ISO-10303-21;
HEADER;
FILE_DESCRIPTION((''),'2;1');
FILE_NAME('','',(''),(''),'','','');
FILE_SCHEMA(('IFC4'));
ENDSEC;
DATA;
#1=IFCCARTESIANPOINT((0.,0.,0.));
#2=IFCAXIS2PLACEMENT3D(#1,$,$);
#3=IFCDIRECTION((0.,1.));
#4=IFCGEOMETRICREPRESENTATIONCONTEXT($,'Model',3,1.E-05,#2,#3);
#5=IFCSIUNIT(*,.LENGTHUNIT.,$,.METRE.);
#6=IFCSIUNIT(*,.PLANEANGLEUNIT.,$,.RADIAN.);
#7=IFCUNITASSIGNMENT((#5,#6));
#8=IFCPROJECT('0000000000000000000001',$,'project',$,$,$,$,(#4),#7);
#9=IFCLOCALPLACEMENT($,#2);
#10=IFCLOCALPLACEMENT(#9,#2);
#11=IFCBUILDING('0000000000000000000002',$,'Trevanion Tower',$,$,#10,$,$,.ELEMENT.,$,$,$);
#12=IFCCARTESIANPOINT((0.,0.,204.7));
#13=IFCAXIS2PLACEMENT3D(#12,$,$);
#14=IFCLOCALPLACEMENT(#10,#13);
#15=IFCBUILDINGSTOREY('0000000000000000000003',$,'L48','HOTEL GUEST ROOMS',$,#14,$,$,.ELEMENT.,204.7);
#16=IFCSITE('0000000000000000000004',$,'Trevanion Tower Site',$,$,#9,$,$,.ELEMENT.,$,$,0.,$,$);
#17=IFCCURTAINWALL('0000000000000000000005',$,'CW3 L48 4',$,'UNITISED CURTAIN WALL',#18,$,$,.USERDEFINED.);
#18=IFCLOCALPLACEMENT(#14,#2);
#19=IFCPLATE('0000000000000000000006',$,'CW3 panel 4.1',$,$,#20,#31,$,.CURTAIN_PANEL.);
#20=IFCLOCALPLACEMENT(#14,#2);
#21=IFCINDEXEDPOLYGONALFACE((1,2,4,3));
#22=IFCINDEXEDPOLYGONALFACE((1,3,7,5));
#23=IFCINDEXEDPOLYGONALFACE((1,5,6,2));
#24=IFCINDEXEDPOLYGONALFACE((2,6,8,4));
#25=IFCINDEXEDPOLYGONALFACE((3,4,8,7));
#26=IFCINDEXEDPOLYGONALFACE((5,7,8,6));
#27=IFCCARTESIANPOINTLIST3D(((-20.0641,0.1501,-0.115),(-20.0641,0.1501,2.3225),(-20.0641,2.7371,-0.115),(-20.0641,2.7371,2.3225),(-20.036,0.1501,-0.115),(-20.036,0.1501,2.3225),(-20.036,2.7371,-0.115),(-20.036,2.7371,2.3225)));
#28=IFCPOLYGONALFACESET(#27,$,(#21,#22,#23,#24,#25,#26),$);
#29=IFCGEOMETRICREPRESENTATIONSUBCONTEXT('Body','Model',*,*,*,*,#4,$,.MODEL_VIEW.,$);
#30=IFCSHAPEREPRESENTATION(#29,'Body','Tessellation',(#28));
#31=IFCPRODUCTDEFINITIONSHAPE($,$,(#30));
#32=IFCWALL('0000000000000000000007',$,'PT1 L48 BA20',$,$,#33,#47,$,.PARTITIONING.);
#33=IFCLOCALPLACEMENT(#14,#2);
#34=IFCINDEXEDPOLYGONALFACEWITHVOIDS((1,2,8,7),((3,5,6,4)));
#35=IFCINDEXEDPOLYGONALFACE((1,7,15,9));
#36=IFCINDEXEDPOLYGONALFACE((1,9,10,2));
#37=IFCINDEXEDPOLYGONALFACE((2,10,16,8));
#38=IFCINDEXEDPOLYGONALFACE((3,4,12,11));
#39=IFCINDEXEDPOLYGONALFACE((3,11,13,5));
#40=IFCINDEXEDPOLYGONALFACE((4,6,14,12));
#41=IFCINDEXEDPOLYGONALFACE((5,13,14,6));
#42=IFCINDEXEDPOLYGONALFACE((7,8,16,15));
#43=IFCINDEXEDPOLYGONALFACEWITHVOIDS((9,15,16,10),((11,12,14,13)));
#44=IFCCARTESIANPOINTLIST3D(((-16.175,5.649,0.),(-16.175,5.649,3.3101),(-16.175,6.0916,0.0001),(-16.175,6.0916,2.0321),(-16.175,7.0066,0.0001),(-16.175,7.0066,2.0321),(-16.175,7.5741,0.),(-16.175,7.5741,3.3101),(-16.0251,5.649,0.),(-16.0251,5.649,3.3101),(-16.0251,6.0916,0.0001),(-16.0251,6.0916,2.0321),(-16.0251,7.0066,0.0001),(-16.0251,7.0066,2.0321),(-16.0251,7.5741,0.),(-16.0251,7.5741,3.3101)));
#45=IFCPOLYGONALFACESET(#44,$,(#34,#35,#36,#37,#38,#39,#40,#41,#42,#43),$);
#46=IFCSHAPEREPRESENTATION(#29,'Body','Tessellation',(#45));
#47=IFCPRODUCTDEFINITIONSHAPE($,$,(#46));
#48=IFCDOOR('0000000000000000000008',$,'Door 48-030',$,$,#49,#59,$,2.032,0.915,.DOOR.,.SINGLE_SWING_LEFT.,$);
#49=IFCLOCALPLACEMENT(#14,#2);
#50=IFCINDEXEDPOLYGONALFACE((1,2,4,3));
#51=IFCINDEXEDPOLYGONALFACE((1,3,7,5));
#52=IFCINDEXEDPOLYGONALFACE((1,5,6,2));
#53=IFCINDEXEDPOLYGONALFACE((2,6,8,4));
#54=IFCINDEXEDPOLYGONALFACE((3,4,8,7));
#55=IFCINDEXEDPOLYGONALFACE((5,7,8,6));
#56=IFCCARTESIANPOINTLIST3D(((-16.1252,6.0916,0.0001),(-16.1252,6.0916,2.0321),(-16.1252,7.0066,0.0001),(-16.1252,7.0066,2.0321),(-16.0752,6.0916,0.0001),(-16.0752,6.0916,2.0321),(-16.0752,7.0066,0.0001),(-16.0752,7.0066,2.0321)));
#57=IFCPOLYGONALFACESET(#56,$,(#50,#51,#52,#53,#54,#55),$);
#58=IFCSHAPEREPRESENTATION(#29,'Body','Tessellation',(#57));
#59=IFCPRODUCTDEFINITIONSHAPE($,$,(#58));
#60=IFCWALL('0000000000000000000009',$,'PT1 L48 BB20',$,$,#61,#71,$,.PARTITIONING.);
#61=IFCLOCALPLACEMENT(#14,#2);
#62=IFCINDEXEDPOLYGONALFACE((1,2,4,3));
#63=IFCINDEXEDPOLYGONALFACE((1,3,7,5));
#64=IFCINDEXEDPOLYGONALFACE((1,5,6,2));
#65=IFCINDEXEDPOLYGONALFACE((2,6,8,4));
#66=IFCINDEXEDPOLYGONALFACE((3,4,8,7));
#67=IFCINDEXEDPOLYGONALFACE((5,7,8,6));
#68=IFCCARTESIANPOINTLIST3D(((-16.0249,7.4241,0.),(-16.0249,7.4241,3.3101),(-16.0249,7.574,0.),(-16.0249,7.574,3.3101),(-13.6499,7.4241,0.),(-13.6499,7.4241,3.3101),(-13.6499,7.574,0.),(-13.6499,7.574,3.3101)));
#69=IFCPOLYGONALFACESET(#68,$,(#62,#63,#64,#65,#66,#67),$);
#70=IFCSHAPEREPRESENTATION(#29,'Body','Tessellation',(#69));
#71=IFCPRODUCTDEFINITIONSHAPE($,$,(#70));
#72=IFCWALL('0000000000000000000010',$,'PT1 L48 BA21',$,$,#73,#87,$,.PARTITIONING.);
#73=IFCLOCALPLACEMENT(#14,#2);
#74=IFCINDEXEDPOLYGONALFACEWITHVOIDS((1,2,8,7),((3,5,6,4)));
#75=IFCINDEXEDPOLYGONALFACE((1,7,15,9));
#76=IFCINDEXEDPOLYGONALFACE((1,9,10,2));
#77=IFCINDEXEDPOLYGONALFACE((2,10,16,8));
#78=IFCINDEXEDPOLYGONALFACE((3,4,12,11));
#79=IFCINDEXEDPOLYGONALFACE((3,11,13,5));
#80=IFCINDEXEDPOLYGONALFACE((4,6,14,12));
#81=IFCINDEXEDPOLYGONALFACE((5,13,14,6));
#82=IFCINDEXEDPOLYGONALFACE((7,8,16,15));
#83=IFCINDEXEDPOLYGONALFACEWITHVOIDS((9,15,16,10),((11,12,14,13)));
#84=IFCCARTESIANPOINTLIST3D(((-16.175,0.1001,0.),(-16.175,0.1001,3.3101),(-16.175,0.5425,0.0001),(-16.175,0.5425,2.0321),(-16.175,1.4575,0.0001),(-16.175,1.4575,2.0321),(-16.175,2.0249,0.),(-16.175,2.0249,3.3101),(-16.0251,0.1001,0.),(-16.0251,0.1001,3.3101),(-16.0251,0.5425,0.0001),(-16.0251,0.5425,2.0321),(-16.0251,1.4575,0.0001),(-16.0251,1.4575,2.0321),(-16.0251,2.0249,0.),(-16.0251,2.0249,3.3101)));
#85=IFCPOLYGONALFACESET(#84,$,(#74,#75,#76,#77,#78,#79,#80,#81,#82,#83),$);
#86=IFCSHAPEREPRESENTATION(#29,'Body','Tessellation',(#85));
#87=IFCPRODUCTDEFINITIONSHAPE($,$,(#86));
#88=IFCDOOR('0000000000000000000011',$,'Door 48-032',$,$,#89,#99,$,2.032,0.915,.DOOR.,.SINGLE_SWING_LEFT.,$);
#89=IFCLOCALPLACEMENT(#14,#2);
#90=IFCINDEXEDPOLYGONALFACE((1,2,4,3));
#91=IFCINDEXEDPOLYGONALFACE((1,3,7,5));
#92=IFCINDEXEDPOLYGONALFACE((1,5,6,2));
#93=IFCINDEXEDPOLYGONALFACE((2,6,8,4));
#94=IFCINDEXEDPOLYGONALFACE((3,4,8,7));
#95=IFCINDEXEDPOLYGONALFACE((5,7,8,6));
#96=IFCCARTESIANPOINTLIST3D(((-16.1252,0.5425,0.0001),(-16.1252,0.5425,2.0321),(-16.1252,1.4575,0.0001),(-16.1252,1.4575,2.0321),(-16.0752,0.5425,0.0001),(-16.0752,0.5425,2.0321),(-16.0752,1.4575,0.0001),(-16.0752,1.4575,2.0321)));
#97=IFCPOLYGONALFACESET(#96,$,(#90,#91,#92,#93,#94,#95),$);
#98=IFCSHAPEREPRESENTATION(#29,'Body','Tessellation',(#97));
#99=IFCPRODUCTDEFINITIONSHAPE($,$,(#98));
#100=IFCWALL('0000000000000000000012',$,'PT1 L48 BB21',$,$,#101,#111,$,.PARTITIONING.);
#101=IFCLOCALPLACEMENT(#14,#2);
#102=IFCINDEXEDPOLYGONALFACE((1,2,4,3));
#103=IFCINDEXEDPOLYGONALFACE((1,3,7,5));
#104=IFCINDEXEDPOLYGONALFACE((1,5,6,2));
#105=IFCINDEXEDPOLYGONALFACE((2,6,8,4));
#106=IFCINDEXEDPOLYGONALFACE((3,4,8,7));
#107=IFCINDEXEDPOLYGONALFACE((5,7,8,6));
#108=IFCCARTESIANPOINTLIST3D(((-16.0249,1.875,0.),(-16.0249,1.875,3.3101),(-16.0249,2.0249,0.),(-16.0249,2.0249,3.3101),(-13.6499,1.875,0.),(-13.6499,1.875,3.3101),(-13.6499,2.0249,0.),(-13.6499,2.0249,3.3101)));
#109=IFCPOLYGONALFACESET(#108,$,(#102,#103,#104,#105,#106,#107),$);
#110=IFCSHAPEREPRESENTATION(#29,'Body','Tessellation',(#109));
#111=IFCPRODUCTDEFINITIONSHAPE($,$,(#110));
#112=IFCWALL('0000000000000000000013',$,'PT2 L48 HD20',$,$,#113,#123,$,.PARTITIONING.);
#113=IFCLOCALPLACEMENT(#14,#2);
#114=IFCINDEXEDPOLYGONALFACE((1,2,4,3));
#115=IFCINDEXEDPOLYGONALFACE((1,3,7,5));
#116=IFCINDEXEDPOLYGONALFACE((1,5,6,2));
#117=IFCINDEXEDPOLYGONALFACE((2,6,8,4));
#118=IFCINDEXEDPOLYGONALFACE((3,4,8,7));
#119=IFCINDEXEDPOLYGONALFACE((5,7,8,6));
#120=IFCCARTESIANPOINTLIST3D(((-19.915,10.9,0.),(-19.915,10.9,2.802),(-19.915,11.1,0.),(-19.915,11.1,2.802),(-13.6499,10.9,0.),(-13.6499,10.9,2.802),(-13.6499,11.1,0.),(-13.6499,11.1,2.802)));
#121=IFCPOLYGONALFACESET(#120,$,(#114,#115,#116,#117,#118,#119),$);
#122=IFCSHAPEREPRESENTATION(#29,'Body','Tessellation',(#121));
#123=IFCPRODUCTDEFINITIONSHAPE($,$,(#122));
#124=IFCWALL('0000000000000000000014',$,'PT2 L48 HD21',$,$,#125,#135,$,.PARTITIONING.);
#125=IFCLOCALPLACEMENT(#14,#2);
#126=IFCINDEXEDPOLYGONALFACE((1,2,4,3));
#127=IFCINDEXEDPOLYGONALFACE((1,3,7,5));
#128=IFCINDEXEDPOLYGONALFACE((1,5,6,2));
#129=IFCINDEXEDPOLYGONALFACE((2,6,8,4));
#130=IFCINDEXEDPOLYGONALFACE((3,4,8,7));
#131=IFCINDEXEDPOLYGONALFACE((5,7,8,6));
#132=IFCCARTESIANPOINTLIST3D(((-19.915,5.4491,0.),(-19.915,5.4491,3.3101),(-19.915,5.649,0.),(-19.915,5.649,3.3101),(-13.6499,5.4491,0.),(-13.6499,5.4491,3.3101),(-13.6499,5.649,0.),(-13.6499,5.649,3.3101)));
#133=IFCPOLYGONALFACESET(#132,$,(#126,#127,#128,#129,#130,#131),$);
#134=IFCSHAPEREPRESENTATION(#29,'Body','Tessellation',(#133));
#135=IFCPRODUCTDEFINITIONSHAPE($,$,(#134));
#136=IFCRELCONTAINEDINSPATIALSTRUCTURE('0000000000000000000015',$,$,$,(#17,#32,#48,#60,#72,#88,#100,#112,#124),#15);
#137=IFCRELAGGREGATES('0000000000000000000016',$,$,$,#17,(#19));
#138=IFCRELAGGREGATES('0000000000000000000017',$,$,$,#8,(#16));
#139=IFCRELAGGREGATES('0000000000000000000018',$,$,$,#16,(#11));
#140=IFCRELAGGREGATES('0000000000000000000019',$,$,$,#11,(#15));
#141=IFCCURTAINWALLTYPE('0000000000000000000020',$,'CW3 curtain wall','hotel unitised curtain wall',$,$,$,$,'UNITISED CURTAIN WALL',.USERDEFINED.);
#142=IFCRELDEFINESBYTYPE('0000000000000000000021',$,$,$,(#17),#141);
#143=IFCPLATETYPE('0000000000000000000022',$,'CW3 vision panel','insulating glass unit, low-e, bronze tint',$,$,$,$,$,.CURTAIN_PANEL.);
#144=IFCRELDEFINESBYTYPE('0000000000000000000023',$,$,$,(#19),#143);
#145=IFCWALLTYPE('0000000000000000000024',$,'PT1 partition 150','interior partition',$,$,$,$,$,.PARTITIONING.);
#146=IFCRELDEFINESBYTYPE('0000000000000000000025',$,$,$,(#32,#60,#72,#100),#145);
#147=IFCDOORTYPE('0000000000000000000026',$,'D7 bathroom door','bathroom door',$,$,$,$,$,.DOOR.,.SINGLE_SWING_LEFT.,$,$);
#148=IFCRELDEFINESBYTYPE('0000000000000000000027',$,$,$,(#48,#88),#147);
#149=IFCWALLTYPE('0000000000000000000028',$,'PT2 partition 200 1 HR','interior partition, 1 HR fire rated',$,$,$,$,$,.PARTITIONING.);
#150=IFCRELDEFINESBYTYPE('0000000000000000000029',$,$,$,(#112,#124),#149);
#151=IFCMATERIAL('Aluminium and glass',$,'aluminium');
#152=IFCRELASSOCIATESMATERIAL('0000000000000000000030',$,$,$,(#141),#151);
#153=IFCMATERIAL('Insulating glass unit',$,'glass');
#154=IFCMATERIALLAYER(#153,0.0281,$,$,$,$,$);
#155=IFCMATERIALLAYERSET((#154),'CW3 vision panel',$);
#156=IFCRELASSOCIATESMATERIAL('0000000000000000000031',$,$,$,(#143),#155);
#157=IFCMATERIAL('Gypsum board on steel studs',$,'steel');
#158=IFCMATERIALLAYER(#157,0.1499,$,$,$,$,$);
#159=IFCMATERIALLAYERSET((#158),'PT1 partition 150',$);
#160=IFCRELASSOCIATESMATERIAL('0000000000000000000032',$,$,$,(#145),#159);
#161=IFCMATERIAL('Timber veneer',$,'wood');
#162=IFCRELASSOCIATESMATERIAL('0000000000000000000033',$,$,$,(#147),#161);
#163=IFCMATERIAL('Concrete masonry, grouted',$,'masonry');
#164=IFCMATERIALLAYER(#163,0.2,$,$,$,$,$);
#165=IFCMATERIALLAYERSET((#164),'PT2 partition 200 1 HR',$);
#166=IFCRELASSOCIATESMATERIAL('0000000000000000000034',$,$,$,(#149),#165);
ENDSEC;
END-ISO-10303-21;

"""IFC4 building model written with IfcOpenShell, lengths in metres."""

from ifc_helpers import new_model, si_unit, direction, frame, frame_2d, origin, origin_2d, place, context, subcontext, project, spatial, rectangle, extrude, material, layer, layer_set, type_object, element, fill, aggregate, save


model = new_model("IFC4")

# Units and contexts
model_context = context("Model", 3, precision=1e-05, world=origin(), true_north=direction((0.0, 1.0)))
body_context = subcontext(model_context, "Body", "Model", "MODEL_VIEW")
ifc_project = project(units=[si_unit("LENGTHUNIT", "METRE"), si_unit("PLANEANGLEUNIT", "RADIAN")], contexts=[model_context])

# Site, building, storey
site_placement = place(None, origin())
site = spatial("IfcSite", under=ifc_project, at=site_placement, Name="Trevanion Tower Site", CompositionType="ELEMENT", RefElevation=0.0)
building_placement = place(site_placement, origin())
building = spatial("IfcBuilding", under=site, at=building_placement, Name="Trevanion Tower", CompositionType="ELEMENT")
storey_placement = place(building_placement, frame((0.0, 0.0, 204.7)))
storey = spatial("IfcBuildingStorey", under=building, at=storey_placement, Name="L48", Description="HOTEL GUEST ROOMS", CompositionType="ELEMENT", Elevation=204.7)

# Curtain wall
ifc_material_1 = material(Name="Aluminium and glass", Category="aluminium")
curtain_wall_type = type_object("IfcCurtainWallType", Name="CW3 curtain wall", Description="hotel unitised curtain wall", ElementType="UNITISED CURTAIN WALL", PredefinedType="USERDEFINED", material=ifc_material_1)
curtain_wall_placement = place(storey_placement, origin())
curtain_wall = element("IfcCurtainWall", 1, at=curtain_wall_placement, inside=storey, type_object=curtain_wall_type, Name="CW3 L48 4", ObjectType="UNITISED CURTAIN WALL", PredefinedType="USERDEFINED")

# Plate
ifc_material_2 = material(Name="Insulating glass unit", Category="glass")
ifc_layer_1 = layer(ifc_material_2, 0.0281)
ifc_layer_set_1 = layer_set([ifc_layer_1], Name="CW3 vision panel")
plate_type_1 = type_object("IfcPlateType", Name="CW3 vision panel", Description="insulating glass unit, low-e, bronze tint", PredefinedType="CURTAIN_PANEL", material=ifc_layer_set_1)
plate_1_placement = place(storey_placement, frame((-20.05, 1.4436, -0.115), z_axis=(0.0, 0.0, 1.0), x_axis=(0.0, -1.0, 0.0)))
plate_1 = element("IfcPlate", 2, at=plate_1_placement, type_object=plate_type_1, Name="CW3 panel 4.1", PredefinedType="CURTAIN_PANEL", context=body_context, shape_type="SweptSolid", body=[
    extrude(rectangle(XDim=2.5869, YDim=0.0281, at=origin_2d()), origin(), (0.0, 0.0, 1.0), 2.4375),
])
aggregate(curtain_wall, [plate_1])

# Wall, opening, door
ifc_material_3 = material(Name="Gypsum board on steel studs", Category="steel")
ifc_layer_2 = layer(ifc_material_3, 0.1499)
ifc_layer_set_2 = layer_set([ifc_layer_2], Name="PT1 partition 150")
wall_type_1 = type_object("IfcWallType", Name="PT1 partition 150", Description="interior partition", PredefinedType="PARTITIONING", material=ifc_layer_set_2)
wall_1_placement = place(storey_placement, frame((-16.1001, 7.574, 0.0), z_axis=(0.0, 0.0, 1.0), x_axis=(0.0, -1.0, 0.0)))
wall_1 = element("IfcWall", 3, at=wall_1_placement, inside=storey, type_object=wall_type_1, Name="PT1 L48 BA20", PredefinedType="PARTITIONING", context=body_context, shape_type="SweptSolid", body=[
    extrude(rectangle(XDim=1.925, YDim=0.1499, at=frame_2d((0.9624, 0.0))), origin(), (0.0, 0.0, 1.0), 3.3101),
])
opening_1_placement = place(wall_1_placement, frame((0.5674, 0.0, 0.0)))
opening_1 = element("IfcOpeningElement", 4, at=opening_1_placement, cuts=wall_1, PredefinedType="OPENING", context=body_context, shape_type="SweptSolid", body=[
    extrude(rectangle(XDim=0.915, YDim=2.032, at=frame_2d((0.4575, 1.0161))), frame((0.0, 0.085, 0.0), z_axis=(0.0, -1.0, 0.0), x_axis=(1.0, 0.0, 0.0)), (0.0, 0.0, 1.0), 0.1699),
])
ifc_material_4 = material(Name="Timber veneer", Category="wood")
door_type = type_object("IfcDoorType", Name="D7 bathroom door", Description="bathroom door", OperationType="SINGLE_SWING_LEFT", PredefinedType="DOOR", material=ifc_material_4)
door_1_placement = place(opening_1_placement, origin())
door_1 = element("IfcDoor", 5, at=door_1_placement, inside=storey, type_object=door_type, Name="Door 48-030", OperationType="SINGLE_SWING_LEFT", OverallHeight=2.032, OverallWidth=0.915, PredefinedType="DOOR", context=body_context, shape_type="SweptSolid", body=[
    extrude(rectangle(XDim=0.915, YDim=2.032, at=frame_2d((0.4575, 1.0161))), frame((0.0, 0.0249, 0.0), z_axis=(0.0, -1.0, 0.0), x_axis=(1.0, 0.0, 0.0)), (0.0, 0.0, 1.0), 0.05),
])
fill(opening_1, door_1)

# Wall
wall_2_placement = place(storey_placement, frame((-13.6499, 7.499, 0.0), z_axis=(0.0, 0.0, 1.0), x_axis=(-1.0, 0.0, 0.0)))
element("IfcWall", 6, at=wall_2_placement, inside=storey, type_object=wall_type_1, Name="PT1 L48 BB20", PredefinedType="PARTITIONING", context=body_context, shape_type="SweptSolid", body=[
    extrude(rectangle(XDim=2.375, YDim=0.1499, at=frame_2d((1.1875, 0.0))), origin(), (0.0, 0.0, 1.0), 3.3101),
])

# Wall, opening, door
wall_3_placement = place(storey_placement, frame((-16.1001, 2.0249, 0.0), z_axis=(0.0, 0.0, 1.0), x_axis=(0.0, -1.0, 0.0)))
wall_3 = element("IfcWall", 7, at=wall_3_placement, inside=storey, type_object=wall_type_1, Name="PT1 L48 BA21", PredefinedType="PARTITIONING", context=body_context, shape_type="SweptSolid", body=[
    extrude(rectangle(XDim=1.9248, YDim=0.1499, at=frame_2d((0.9624, 0.0))), origin(), (0.0, 0.0, 1.0), 3.3101),
])
opening_2_placement = place(wall_3_placement, frame((0.5674, 0.0, 0.0)))
opening_2 = element("IfcOpeningElement", 8, at=opening_2_placement, cuts=wall_3, PredefinedType="OPENING", context=body_context, shape_type="SweptSolid", body=[
    extrude(rectangle(XDim=0.915, YDim=2.032, at=frame_2d((0.4575, 1.0161))), frame((0.0, 0.085, 0.0), z_axis=(0.0, -1.0, 0.0), x_axis=(1.0, 0.0, 0.0)), (0.0, 0.0, 1.0), 0.1699),
])
door_2_placement = place(opening_2_placement, origin())
door_2 = element("IfcDoor", 9, at=door_2_placement, inside=storey, type_object=door_type, Name="Door 48-032", OperationType="SINGLE_SWING_LEFT", OverallHeight=2.032, OverallWidth=0.915, PredefinedType="DOOR", context=body_context, shape_type="SweptSolid", body=[
    extrude(rectangle(XDim=0.915, YDim=2.032, at=frame_2d((0.4575, 1.0161))), frame((0.0, 0.0249, 0.0), z_axis=(0.0, -1.0, 0.0), x_axis=(1.0, 0.0, 0.0)), (0.0, 0.0, 1.0), 0.05),
])
fill(opening_2, door_2)

# Walls
wall_4_placement = place(storey_placement, frame((-13.6499, 1.95, 0.0), z_axis=(0.0, 0.0, 1.0), x_axis=(-1.0, 0.0, 0.0)))
element("IfcWall", 10, at=wall_4_placement, inside=storey, type_object=wall_type_1, Name="PT1 L48 BB21", PredefinedType="PARTITIONING", context=body_context, shape_type="SweptSolid", body=[
    extrude(rectangle(XDim=2.375, YDim=0.1499, at=frame_2d((1.1875, 0.0))), origin(), (0.0, 0.0, 1.0), 3.3101),
])
ifc_material_5 = material(Name="Concrete masonry, grouted", Category="masonry")
ifc_layer_3 = layer(ifc_material_5, 0.2)
ifc_layer_set_3 = layer_set([ifc_layer_3], Name="PT2 partition 200 1 HR")
wall_type_2 = type_object("IfcWallType", Name="PT2 partition 200 1 HR", Description="interior partition, 1 HR fire rated", PredefinedType="PARTITIONING", material=ifc_layer_set_3)
wall_5_placement = place(storey_placement, frame((-13.6499, 11.0, 0.0), z_axis=(0.0, 0.0, 1.0), x_axis=(-1.0, 0.0, 0.0)))
element("IfcWall", 11, at=wall_5_placement, inside=storey, type_object=wall_type_2, Name="PT2 L48 HD20", PredefinedType="PARTITIONING", context=body_context, shape_type="SweptSolid", body=[
    extrude(rectangle(XDim=6.2651, YDim=0.2, at=frame_2d((3.1326, 0.0))), origin(), (0.0, 0.0, 1.0), 2.802),
])
wall_6_placement = place(storey_placement, frame((-13.6499, 5.5491, 0.0), z_axis=(0.0, 0.0, 1.0), x_axis=(-1.0, 0.0, 0.0)))
element("IfcWall", 12, at=wall_6_placement, inside=storey, type_object=wall_type_2, Name="PT2 L48 HD21", PredefinedType="PARTITIONING", context=body_context, shape_type="SweptSolid", body=[
    extrude(rectangle(XDim=6.2651, YDim=0.2, at=frame_2d((3.1326, 0.0))), origin(), (0.0, 0.0, 1.0), 3.3101),
])

save(model, "model.ifc")
